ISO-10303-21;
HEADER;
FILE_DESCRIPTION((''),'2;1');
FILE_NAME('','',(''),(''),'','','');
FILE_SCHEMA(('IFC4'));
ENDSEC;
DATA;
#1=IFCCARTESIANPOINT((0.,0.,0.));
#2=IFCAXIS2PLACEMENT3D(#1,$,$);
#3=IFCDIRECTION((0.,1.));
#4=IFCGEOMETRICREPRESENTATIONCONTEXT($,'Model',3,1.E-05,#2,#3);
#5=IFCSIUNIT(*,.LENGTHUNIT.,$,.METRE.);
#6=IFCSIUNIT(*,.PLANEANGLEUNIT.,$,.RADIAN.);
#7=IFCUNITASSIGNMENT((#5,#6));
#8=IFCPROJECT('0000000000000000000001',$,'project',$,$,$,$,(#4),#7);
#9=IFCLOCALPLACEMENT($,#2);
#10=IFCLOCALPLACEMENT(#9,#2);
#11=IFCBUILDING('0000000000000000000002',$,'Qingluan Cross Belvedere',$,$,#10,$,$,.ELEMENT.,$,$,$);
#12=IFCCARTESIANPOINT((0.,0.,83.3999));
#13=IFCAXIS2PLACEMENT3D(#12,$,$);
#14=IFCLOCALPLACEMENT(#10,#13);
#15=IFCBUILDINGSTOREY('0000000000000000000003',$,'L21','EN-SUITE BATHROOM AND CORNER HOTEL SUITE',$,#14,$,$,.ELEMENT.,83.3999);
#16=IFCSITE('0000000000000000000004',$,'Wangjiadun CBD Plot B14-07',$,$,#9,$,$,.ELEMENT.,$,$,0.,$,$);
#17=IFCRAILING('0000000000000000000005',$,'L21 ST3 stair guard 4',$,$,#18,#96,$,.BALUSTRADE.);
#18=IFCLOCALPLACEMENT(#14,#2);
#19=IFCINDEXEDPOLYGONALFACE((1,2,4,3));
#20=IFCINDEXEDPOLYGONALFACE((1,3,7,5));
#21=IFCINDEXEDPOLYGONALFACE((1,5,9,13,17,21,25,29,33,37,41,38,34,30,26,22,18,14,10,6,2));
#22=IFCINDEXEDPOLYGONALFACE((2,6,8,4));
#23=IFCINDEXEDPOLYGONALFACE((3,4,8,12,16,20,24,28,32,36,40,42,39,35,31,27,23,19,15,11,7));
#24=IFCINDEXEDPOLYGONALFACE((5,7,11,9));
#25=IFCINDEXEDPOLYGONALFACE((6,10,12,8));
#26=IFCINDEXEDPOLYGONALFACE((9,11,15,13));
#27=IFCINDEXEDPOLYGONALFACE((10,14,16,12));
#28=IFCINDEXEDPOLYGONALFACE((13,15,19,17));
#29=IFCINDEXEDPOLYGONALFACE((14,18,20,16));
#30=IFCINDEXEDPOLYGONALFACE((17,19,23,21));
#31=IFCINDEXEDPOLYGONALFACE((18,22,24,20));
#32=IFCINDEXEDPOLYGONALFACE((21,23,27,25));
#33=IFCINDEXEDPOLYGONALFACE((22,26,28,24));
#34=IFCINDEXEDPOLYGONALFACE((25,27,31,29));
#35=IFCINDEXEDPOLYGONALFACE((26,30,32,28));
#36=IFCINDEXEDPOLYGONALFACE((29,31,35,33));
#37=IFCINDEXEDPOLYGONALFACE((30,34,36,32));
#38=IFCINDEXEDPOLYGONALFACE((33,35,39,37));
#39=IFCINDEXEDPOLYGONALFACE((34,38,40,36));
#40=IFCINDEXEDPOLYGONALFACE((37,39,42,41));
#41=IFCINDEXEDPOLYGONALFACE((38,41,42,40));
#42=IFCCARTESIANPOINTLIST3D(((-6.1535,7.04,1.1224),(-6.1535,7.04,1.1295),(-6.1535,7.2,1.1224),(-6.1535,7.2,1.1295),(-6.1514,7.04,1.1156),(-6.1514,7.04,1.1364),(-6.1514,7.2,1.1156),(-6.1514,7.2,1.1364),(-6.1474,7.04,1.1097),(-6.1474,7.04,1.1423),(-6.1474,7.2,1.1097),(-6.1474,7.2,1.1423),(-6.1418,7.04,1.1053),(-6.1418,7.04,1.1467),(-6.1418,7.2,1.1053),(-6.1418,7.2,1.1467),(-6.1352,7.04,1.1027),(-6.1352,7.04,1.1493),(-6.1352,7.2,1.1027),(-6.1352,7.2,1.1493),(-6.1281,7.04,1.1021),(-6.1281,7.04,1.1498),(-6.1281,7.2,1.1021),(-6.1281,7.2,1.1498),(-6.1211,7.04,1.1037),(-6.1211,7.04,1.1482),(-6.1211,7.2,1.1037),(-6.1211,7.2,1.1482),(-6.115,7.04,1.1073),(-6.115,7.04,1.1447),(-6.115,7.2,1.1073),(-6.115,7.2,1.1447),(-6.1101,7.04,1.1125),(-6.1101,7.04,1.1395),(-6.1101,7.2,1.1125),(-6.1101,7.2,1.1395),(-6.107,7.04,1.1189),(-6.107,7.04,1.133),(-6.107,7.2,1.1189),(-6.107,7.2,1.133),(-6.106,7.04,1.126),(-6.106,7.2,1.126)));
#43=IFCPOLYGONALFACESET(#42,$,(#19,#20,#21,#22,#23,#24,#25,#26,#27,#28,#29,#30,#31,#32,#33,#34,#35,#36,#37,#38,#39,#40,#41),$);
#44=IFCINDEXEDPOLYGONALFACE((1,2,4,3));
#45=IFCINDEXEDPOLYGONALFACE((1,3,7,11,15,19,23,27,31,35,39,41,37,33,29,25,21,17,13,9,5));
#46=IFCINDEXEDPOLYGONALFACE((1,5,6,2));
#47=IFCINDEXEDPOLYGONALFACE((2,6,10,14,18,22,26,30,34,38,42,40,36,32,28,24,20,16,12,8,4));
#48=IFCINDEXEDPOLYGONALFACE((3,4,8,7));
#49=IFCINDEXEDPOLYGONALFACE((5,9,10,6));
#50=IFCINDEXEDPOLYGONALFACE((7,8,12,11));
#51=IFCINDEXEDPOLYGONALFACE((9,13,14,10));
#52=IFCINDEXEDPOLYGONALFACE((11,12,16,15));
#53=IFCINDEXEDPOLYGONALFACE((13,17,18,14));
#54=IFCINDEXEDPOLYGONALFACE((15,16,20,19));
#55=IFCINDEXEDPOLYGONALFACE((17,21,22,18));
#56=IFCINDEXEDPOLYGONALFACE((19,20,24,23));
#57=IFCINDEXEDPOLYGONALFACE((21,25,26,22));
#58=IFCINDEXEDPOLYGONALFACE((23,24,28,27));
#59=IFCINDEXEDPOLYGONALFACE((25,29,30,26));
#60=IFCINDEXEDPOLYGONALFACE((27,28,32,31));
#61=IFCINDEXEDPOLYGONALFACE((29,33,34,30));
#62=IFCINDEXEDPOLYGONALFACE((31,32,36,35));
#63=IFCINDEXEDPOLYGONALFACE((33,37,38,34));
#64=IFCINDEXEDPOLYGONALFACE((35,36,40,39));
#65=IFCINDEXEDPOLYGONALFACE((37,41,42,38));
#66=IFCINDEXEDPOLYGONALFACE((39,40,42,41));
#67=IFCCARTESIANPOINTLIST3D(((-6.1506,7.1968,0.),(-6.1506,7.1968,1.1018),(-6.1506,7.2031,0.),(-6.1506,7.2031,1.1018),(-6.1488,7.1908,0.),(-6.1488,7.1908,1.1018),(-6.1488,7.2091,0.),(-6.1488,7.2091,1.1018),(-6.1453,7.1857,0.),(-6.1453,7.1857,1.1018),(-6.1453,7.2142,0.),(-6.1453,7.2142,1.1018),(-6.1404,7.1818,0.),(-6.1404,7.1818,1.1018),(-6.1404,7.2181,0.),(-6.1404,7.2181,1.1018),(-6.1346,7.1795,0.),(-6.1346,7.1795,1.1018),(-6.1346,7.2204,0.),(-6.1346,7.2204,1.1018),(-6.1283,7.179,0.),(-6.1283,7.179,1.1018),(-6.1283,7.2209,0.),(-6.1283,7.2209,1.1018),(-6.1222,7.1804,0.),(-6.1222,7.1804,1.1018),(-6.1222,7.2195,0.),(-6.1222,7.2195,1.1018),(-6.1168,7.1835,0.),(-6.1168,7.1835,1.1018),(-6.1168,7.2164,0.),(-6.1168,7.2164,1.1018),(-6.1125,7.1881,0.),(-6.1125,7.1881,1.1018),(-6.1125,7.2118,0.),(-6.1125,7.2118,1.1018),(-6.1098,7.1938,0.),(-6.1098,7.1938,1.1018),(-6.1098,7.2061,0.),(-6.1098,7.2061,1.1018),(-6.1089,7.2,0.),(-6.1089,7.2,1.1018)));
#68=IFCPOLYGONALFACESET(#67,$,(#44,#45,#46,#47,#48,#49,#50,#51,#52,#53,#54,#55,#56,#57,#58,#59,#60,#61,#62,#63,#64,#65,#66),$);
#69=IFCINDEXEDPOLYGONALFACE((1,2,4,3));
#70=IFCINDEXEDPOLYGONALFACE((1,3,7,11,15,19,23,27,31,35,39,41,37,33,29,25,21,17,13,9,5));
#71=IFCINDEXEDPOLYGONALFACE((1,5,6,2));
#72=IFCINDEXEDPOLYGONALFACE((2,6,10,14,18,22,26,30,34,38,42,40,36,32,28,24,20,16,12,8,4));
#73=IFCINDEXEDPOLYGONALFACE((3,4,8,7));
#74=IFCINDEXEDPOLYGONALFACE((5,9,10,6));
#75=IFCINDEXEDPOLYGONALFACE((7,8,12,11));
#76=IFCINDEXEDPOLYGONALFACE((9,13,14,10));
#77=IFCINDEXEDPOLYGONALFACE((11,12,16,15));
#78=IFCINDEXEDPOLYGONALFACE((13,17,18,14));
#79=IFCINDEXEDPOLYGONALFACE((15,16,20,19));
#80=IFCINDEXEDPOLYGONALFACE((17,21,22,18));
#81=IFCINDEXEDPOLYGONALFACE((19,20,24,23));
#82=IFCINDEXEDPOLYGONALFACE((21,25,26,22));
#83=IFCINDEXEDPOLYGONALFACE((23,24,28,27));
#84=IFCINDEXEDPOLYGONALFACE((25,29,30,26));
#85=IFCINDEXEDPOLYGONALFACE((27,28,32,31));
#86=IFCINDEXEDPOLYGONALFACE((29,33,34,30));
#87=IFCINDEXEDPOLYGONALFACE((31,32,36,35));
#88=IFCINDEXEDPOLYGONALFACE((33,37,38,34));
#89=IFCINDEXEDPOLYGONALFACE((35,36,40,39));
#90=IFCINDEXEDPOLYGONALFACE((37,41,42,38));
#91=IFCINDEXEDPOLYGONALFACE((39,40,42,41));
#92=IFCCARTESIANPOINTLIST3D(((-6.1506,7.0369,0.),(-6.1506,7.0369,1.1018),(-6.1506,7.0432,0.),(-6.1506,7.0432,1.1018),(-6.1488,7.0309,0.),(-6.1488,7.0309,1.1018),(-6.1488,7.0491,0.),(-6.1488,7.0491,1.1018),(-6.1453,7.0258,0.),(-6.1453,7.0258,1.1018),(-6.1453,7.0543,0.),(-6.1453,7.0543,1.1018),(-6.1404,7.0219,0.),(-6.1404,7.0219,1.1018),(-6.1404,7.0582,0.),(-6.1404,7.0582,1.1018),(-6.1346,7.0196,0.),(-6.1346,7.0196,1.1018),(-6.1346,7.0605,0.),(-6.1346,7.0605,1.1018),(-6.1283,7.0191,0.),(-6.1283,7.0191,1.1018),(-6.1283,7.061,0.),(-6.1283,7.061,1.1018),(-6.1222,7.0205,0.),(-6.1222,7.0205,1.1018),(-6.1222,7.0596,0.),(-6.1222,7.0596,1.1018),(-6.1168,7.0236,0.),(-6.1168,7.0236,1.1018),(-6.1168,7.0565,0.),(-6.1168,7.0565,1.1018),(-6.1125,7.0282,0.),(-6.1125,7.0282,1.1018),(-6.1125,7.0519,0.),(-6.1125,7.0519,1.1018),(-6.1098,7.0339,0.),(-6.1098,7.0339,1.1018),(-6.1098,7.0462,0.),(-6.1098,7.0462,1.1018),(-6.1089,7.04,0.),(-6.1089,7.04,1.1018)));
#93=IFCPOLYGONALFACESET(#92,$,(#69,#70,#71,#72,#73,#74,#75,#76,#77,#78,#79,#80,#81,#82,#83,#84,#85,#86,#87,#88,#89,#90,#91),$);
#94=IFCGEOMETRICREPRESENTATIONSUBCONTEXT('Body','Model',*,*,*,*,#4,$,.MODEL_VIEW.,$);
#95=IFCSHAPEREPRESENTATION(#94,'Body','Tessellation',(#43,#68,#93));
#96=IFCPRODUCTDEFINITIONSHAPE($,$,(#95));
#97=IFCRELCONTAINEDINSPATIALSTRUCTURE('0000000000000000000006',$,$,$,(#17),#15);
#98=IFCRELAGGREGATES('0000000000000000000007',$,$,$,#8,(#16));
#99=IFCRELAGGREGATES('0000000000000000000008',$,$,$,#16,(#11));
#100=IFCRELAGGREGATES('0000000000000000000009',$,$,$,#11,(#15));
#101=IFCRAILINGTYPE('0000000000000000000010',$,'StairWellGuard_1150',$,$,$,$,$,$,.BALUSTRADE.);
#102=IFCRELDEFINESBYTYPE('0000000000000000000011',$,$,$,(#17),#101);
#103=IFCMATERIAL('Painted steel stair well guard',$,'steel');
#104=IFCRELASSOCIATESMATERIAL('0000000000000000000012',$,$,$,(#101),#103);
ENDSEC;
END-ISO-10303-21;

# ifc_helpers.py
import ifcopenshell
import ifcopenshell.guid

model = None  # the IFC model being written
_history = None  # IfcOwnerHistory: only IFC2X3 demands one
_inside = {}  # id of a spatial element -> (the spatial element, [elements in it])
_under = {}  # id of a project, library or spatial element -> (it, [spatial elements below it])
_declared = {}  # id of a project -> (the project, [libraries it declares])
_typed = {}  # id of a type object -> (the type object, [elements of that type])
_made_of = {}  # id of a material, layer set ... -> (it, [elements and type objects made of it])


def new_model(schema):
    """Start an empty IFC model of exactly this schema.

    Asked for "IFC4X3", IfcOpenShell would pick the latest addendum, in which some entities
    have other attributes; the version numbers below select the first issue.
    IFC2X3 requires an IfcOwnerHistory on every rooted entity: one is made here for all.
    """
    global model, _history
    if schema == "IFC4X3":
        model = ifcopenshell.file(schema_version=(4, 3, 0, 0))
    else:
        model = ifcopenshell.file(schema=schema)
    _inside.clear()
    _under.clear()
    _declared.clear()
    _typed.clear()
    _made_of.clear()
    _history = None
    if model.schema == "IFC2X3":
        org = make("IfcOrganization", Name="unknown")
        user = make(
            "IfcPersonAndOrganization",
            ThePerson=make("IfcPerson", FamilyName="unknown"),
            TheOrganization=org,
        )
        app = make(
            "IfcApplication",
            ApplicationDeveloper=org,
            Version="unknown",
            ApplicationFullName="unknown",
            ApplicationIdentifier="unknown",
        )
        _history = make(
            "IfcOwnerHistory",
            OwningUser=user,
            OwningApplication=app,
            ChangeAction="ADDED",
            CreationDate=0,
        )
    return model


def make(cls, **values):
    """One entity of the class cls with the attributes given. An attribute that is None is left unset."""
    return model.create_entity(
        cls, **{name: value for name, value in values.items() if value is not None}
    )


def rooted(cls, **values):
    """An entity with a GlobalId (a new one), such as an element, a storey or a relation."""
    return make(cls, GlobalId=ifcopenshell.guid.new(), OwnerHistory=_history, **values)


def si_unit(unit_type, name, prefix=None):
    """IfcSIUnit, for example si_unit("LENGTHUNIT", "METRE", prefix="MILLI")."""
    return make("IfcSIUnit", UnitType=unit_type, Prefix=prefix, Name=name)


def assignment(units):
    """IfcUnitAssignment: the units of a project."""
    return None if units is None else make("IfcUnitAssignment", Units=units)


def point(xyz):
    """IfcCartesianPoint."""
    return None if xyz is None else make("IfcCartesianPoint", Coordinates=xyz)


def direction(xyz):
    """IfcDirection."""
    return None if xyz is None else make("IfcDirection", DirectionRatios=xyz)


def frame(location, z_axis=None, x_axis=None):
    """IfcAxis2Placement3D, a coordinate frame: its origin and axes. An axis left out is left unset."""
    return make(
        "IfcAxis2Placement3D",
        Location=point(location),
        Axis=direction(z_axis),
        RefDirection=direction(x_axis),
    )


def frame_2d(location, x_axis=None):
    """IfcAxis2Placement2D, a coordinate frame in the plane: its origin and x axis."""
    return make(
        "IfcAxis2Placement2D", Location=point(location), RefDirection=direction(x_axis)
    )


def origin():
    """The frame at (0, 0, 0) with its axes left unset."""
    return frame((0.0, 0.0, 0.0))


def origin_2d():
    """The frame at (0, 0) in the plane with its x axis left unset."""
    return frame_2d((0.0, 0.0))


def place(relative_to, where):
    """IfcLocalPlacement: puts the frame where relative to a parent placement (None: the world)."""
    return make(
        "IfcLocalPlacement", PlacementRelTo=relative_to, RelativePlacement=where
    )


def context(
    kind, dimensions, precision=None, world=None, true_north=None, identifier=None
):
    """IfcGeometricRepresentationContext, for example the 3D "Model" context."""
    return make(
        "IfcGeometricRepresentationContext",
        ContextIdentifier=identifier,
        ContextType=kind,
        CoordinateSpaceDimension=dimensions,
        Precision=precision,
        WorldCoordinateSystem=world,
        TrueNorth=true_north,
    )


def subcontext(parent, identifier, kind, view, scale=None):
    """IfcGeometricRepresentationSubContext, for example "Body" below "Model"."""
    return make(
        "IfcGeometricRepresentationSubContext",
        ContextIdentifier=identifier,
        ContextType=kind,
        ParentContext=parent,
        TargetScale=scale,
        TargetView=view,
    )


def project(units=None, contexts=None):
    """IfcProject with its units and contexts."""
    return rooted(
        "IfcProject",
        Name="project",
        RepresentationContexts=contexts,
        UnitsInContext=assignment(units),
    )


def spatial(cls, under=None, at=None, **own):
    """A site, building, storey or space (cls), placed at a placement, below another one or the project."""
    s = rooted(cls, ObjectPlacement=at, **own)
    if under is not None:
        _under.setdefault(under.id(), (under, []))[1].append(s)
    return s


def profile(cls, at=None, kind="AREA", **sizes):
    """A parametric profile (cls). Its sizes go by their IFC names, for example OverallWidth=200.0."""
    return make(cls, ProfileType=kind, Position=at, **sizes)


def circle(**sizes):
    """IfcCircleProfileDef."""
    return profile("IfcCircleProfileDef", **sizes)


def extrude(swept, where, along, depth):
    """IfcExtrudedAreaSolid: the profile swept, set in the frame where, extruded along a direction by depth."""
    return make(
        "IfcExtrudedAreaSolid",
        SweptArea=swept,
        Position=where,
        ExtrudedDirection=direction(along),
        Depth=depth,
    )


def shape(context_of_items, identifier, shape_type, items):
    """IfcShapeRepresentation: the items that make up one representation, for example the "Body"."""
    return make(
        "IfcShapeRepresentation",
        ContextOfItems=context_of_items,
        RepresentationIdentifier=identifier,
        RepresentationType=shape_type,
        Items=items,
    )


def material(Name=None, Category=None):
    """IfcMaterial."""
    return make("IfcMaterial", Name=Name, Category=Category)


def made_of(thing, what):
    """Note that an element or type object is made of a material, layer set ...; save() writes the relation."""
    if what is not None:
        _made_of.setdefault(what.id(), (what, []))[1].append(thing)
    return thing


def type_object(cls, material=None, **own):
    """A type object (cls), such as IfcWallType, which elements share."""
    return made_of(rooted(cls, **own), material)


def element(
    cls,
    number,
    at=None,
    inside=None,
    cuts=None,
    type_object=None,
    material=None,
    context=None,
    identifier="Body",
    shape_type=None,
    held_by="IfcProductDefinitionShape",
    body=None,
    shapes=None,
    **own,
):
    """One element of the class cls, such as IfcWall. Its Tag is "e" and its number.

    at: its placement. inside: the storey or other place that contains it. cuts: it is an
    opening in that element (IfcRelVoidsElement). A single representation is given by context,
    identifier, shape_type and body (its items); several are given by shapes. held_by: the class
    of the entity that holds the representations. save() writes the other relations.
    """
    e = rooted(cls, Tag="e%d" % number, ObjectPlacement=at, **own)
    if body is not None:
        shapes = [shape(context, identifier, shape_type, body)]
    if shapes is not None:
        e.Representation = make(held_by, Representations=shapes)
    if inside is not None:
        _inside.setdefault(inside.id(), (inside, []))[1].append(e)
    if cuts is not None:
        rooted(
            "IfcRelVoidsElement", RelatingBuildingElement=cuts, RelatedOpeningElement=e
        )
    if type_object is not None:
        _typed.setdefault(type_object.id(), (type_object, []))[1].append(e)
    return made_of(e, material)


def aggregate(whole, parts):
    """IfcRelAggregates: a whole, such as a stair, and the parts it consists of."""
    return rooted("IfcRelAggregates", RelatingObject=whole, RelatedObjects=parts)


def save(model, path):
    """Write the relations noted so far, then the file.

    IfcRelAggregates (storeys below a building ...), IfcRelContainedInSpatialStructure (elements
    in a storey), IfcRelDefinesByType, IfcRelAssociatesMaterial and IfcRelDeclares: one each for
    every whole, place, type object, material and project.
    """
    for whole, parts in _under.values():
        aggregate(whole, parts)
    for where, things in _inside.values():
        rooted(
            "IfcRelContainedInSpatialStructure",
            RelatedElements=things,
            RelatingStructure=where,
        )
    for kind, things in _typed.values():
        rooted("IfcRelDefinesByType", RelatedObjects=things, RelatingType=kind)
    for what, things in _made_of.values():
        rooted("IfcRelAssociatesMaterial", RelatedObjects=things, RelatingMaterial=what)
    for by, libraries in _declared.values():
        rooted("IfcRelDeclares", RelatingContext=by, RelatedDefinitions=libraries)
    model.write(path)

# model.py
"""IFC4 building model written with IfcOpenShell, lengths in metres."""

from ifc_helpers import new_model, si_unit, direction, frame, origin, origin_2d, place, context, subcontext, project, spatial, circle, extrude, material, type_object, element, save


model = new_model("IFC4")

# Units and contexts
model_context = context("Model", 3, precision=1e-05, world=origin(), true_north=direction((0.0, 1.0)))
body_context = subcontext(model_context, "Body", "Model", "MODEL_VIEW")
ifc_project = project(units=[si_unit("LENGTHUNIT", "METRE"), si_unit("PLANEANGLEUNIT", "RADIAN")], contexts=[model_context])

# Site, building, storey
site_placement = place(None, origin())
site = spatial("IfcSite", under=ifc_project, at=site_placement, Name="Wangjiadun CBD Plot B14-07", CompositionType="ELEMENT", RefElevation=0.0)
building_placement = place(site_placement, origin())
building = spatial("IfcBuilding", under=site, at=building_placement, Name="Qingluan Cross Belvedere", CompositionType="ELEMENT")
storey_placement = place(building_placement, frame((0.0, 0.0, 83.3999)))
storey = spatial("IfcBuildingStorey", under=building, at=storey_placement, Name="L21", Description="EN-SUITE BATHROOM AND CORNER HOTEL SUITE", CompositionType="ELEMENT", Elevation=83.3999)

# Railing
ifc_material_1 = material(Name="Painted steel stair well guard", Category="steel")
railing_type_1 = type_object("IfcRailingType", Name="StairWellGuard_1150", PredefinedType="BALUSTRADE", material=ifc_material_1)
railing_1_placement = place(storey_placement, frame((-6.1299, 7.2, 0.0)))
element("IfcRailing", 1, at=railing_1_placement, inside=storey, type_object=railing_type_1, Name="L21 ST3 stair guard 4", PredefinedType="BALUSTRADE", context=body_context, shape_type="SweptSolid", body=[
    extrude(circle(Radius=0.0239, at=origin_2d()), frame((0.0, 0.0, 1.126), z_axis=(0.0, -1.0, 0.0), x_axis=(1.0, 0.0, 0.0)), (0.0, 0.0, 1.0), 0.1599),
    extrude(circle(Radius=0.021, at=origin_2d()), origin(), (0.0, 0.0, 1.0), 1.1018),
    extrude(circle(Radius=0.021, at=origin_2d()), frame((0.0, -0.1599, 0.0)), (0.0, 0.0, 1.0), 1.1018),
])

save(model, "model.ifc")
